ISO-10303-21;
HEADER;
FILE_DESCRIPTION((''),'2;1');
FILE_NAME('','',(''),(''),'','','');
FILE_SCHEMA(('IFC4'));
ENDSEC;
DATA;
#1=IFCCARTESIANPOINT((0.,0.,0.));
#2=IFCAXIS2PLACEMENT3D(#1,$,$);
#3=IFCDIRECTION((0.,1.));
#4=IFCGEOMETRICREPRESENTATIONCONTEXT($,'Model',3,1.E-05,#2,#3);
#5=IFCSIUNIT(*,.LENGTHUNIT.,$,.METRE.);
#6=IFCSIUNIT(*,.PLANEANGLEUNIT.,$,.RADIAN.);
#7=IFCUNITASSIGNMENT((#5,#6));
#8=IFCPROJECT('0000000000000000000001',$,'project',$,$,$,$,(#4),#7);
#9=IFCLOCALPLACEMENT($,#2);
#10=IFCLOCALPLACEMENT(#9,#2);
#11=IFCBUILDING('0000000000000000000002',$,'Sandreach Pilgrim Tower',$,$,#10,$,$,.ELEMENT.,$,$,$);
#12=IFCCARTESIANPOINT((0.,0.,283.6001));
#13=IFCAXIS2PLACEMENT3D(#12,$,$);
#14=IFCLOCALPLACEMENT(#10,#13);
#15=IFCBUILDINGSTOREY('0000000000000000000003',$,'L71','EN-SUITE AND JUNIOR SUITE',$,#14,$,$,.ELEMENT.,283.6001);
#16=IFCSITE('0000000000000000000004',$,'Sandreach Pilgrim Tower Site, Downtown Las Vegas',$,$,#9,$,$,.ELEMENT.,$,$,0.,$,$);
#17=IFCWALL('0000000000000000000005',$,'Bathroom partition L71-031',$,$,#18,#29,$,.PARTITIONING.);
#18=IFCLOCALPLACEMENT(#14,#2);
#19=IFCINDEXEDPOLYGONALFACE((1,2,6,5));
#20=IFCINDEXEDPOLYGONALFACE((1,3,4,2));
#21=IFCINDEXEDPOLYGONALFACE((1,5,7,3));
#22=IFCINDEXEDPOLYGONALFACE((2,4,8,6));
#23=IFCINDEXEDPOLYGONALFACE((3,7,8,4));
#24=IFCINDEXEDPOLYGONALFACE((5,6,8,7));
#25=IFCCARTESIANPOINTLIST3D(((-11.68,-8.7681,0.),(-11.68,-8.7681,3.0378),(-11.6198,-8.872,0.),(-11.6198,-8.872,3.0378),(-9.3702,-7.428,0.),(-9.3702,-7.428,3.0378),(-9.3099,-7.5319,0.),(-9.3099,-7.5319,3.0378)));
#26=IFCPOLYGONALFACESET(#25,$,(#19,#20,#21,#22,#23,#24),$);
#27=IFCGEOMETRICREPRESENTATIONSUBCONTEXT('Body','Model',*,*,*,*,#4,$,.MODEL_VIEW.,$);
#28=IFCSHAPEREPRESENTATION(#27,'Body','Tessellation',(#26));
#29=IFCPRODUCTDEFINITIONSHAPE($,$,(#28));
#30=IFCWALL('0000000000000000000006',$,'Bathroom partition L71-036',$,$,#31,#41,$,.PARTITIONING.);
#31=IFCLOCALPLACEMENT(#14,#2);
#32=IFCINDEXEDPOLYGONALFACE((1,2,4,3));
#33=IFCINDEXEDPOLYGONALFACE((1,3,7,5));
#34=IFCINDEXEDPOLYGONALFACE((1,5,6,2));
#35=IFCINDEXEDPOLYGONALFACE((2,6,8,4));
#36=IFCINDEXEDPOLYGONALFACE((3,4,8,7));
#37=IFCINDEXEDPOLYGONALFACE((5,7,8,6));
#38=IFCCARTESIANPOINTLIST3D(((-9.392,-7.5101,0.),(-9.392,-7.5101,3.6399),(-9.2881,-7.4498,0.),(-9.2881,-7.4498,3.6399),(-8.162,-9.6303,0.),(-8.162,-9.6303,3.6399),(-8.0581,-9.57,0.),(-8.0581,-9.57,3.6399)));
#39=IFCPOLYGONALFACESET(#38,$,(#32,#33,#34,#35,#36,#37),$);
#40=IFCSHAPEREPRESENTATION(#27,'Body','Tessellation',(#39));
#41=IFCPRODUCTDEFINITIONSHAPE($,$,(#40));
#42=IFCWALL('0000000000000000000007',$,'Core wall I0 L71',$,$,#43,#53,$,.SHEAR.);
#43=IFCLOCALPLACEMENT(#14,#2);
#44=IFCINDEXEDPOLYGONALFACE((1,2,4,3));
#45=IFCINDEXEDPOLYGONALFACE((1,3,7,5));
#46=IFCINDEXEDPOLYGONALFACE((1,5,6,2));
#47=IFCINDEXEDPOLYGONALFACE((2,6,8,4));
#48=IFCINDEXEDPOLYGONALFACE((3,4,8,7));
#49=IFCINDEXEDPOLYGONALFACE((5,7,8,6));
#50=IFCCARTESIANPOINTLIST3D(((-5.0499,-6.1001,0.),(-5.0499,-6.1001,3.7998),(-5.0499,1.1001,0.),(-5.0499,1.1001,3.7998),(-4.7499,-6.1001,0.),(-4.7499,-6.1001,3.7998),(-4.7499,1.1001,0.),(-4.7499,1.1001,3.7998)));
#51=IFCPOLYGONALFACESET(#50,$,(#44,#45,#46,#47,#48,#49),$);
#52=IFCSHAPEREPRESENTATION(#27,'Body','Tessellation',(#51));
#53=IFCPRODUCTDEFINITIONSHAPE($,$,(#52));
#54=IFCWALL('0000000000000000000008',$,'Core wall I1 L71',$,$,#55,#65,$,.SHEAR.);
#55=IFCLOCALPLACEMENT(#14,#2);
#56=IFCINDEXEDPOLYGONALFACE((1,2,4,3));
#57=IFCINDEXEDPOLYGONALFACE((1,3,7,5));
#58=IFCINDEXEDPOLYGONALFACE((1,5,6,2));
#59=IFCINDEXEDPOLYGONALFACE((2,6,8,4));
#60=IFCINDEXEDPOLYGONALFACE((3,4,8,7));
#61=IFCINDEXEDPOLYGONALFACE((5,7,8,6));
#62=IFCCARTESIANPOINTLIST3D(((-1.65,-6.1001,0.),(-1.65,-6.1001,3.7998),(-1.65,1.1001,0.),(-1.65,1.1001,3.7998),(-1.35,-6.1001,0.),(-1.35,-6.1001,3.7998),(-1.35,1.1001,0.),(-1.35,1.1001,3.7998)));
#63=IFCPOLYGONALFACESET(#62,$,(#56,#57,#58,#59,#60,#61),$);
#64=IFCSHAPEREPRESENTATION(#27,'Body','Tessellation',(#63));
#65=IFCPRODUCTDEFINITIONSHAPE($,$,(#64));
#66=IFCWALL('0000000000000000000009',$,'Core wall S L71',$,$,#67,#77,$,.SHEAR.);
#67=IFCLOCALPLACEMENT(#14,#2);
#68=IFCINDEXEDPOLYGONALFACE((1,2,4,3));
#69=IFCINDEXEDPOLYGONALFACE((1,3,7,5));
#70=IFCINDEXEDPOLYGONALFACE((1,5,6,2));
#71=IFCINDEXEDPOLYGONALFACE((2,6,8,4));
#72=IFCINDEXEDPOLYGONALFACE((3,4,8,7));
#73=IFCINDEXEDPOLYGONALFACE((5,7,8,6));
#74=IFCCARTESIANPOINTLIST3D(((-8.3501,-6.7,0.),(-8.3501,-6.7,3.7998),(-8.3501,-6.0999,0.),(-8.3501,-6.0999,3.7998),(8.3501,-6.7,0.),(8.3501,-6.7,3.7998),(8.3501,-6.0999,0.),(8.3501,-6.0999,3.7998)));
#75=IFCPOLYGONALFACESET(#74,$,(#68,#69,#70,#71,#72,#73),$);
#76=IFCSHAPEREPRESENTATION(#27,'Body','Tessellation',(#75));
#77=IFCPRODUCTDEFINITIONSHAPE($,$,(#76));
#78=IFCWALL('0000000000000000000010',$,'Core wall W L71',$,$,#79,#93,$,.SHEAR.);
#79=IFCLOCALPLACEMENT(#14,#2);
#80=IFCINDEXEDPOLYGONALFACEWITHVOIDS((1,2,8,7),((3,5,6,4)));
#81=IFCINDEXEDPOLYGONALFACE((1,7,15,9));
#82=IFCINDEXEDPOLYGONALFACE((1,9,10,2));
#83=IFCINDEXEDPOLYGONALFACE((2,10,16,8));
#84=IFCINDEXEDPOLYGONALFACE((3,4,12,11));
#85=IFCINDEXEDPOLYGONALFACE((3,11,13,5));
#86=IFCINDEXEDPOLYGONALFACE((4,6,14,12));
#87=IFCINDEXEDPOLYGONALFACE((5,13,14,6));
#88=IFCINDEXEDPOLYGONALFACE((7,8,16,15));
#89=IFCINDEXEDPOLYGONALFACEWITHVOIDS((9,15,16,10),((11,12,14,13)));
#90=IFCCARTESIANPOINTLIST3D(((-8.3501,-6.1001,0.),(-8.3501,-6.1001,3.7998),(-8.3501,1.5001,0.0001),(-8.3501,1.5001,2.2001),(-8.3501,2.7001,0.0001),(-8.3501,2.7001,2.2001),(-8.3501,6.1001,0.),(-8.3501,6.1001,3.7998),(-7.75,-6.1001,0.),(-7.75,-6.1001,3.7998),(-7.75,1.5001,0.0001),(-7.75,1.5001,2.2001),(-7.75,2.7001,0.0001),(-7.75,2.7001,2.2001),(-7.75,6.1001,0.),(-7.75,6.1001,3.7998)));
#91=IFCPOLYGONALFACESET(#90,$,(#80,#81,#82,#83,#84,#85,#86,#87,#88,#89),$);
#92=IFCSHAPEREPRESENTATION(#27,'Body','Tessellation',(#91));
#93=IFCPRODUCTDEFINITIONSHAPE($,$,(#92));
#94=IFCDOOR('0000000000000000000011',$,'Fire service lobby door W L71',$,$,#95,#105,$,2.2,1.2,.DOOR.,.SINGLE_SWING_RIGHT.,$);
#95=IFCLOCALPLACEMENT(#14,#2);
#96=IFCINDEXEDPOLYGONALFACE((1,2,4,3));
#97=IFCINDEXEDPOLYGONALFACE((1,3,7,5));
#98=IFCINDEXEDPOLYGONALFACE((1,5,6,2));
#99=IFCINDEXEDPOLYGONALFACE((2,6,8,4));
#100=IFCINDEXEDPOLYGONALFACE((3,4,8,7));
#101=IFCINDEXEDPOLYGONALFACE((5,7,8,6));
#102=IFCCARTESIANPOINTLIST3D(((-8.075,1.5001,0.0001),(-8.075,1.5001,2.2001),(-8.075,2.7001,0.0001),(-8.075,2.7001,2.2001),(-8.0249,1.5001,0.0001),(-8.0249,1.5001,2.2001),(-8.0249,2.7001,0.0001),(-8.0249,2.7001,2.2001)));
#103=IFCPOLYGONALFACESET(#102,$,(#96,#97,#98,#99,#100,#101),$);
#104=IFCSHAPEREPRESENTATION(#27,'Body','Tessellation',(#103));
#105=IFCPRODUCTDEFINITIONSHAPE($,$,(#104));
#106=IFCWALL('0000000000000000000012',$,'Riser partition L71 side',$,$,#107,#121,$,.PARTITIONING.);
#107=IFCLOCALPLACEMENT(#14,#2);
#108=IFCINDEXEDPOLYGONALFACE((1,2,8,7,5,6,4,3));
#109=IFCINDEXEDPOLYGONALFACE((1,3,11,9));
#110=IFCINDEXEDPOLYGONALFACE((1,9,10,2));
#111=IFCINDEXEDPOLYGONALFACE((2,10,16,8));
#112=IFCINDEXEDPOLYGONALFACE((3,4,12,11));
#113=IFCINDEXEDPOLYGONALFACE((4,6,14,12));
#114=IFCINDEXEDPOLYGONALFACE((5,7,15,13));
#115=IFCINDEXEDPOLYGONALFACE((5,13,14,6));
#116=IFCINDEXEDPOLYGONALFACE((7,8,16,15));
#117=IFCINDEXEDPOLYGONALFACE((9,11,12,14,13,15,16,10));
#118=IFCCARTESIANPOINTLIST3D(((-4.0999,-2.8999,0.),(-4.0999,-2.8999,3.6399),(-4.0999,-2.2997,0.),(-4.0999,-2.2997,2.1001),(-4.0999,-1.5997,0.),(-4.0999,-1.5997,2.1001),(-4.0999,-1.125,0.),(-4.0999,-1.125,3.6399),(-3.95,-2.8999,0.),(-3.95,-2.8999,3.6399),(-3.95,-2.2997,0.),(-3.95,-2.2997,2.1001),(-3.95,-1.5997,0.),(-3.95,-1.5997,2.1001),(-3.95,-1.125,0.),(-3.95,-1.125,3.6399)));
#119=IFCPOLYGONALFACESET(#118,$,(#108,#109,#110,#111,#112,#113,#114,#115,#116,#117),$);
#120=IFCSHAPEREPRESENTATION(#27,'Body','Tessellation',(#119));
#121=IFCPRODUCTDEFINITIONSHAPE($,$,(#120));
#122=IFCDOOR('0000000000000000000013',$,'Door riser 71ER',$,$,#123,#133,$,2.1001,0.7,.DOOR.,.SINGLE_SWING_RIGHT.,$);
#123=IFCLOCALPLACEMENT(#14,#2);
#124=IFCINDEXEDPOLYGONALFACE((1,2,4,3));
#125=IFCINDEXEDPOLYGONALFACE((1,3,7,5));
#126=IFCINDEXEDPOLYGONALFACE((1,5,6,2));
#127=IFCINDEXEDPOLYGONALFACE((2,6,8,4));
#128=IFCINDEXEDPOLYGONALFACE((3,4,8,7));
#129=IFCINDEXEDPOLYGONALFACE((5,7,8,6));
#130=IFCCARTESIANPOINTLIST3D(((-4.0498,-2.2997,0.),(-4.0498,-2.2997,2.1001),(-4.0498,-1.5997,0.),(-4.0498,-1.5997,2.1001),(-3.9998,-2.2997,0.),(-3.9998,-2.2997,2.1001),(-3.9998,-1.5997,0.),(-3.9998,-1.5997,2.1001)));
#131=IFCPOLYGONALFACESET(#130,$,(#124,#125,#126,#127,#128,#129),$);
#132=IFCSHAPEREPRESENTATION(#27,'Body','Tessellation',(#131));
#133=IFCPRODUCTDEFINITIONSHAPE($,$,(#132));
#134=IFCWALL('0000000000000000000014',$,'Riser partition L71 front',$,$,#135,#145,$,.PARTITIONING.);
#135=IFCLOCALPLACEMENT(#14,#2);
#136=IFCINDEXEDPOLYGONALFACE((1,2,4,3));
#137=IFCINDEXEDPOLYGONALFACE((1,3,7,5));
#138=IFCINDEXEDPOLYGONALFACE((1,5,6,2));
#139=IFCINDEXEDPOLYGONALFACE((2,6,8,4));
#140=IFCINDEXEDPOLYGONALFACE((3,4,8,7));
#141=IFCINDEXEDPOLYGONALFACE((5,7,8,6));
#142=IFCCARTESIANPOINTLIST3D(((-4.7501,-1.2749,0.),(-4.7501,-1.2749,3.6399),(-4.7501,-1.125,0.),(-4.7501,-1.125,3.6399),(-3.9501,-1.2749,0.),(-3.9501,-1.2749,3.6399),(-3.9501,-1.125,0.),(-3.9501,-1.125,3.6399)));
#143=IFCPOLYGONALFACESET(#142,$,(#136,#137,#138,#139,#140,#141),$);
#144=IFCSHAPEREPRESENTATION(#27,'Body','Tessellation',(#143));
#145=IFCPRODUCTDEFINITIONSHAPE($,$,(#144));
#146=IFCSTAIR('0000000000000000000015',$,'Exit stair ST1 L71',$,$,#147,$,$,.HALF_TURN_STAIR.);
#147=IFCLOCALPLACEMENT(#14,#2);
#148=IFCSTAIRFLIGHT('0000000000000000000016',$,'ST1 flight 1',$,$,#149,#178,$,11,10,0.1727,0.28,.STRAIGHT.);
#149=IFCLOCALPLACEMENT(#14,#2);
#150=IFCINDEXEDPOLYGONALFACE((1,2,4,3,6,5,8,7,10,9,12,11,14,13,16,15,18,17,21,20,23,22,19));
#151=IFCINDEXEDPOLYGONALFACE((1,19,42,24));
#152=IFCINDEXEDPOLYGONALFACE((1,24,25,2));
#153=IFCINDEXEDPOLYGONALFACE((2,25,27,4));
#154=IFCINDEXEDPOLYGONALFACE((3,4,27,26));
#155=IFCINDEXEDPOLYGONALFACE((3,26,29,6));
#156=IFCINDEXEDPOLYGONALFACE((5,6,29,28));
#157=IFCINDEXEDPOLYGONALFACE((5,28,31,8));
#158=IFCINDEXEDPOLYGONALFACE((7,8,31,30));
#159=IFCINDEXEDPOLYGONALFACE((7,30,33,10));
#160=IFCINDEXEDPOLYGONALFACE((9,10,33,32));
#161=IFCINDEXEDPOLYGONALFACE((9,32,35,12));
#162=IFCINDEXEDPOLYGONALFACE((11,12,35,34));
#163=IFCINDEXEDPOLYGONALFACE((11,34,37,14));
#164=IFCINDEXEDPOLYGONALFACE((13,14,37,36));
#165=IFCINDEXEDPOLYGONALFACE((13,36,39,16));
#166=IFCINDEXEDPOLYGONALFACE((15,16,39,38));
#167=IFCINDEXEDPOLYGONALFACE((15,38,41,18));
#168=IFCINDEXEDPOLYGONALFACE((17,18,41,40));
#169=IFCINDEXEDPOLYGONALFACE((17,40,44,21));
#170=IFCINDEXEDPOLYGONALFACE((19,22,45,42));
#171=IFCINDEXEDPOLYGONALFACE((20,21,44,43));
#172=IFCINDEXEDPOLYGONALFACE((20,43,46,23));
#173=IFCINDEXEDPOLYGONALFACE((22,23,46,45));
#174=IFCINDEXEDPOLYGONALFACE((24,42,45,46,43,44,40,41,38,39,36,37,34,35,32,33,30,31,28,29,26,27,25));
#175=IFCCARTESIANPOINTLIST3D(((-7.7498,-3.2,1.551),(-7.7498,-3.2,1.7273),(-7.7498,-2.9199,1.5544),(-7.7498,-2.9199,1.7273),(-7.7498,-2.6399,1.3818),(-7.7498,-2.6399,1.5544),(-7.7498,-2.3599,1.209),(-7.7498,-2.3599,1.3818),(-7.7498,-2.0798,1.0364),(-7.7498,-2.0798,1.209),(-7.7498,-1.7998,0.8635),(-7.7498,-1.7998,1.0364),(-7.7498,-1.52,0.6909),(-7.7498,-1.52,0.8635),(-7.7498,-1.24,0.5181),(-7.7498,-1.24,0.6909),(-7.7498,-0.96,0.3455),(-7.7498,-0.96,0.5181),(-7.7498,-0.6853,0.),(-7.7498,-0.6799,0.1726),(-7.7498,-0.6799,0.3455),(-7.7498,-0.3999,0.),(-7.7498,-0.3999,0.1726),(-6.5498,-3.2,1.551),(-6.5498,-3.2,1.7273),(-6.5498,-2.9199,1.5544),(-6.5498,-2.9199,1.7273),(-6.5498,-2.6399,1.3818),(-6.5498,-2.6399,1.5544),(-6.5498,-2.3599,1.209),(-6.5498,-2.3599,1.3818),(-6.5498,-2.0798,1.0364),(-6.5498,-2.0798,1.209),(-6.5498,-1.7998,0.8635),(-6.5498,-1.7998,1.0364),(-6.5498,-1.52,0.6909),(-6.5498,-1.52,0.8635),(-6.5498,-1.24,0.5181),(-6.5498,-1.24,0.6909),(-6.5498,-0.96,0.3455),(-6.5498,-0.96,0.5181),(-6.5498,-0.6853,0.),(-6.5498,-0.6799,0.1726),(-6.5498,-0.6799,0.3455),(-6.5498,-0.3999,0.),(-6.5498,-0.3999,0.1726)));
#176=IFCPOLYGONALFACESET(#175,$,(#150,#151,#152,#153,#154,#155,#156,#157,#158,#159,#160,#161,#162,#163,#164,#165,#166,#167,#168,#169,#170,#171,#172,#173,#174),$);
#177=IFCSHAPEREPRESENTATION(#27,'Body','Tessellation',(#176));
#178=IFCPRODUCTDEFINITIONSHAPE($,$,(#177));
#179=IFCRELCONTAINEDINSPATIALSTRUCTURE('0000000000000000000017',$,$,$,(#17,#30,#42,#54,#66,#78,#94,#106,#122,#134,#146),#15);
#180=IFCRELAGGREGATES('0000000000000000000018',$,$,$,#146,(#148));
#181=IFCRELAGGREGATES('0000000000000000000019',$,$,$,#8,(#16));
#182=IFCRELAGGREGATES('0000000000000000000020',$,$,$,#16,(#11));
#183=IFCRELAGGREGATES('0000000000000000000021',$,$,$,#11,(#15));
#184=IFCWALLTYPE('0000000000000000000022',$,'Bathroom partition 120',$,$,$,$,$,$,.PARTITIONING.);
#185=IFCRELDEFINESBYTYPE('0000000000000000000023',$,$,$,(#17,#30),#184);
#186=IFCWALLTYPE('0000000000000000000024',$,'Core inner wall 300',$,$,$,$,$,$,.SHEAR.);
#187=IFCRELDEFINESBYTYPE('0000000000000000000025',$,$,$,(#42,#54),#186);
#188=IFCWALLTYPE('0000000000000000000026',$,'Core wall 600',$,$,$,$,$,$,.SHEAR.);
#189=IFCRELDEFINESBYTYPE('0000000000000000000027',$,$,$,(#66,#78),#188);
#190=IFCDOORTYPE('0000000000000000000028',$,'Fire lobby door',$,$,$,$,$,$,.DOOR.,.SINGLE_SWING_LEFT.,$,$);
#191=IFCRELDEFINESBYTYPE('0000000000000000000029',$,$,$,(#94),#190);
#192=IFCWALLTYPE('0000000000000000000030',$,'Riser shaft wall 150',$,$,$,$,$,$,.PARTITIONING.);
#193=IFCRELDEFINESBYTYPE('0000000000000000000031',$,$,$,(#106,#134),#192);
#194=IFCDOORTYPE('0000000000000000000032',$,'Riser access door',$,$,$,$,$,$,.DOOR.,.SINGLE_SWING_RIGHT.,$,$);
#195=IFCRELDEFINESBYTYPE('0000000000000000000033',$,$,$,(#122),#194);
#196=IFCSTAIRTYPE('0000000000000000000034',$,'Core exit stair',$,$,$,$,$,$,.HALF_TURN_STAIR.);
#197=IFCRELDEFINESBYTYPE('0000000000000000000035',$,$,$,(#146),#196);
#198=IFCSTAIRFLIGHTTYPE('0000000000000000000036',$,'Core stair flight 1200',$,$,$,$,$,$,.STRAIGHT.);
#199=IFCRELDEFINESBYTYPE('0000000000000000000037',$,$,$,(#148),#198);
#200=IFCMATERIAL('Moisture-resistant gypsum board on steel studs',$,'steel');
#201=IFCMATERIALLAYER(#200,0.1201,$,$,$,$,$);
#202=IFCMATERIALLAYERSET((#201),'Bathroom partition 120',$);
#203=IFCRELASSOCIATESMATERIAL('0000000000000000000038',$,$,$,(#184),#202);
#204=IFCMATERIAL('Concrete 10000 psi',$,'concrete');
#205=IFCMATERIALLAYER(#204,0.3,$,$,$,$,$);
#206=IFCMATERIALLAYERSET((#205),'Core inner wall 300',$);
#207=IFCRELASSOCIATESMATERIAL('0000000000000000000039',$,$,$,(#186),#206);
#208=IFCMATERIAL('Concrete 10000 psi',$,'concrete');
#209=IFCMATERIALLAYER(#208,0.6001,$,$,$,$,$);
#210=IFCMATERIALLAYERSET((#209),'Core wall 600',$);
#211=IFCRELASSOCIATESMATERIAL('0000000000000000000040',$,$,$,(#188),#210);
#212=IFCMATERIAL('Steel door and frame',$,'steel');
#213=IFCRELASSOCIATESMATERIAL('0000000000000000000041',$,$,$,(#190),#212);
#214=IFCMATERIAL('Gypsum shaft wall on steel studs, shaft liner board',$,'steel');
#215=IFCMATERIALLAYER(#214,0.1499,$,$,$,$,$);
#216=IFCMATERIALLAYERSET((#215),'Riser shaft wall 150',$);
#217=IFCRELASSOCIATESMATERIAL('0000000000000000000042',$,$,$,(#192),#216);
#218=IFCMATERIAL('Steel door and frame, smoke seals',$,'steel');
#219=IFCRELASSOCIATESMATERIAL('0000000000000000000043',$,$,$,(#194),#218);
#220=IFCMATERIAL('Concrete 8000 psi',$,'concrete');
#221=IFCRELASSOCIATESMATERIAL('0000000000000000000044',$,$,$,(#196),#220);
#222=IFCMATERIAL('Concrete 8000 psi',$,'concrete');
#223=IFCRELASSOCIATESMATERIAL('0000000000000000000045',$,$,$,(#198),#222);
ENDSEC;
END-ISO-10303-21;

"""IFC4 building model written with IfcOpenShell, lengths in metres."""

from ifc_helpers import new_model, si_unit, direction, frame, frame_2d, origin, place, context, subcontext, project, spatial, polyline, rectangle, outline, extrude, material, layer, layer_set, type_object, element, fill, aggregate, save


model = new_model("IFC4")

# Units and contexts
model_context = context("Model", 3, precision=1e-05, world=origin(), true_north=direction((0.0, 1.0)))
body_context = subcontext(model_context, "Body", "Model", "MODEL_VIEW")
ifc_project = project(units=[si_unit("LENGTHUNIT", "METRE"), si_unit("PLANEANGLEUNIT", "RADIAN")], contexts=[model_context])

# Site, building, storey
site_placement = place(None, origin())
site = spatial("IfcSite", under=ifc_project, at=site_placement, Name="Sandreach Pilgrim Tower Site, Downtown Las Vegas", CompositionType="ELEMENT", RefElevation=0.0)
building_placement = place(site_placement, origin())
building = spatial("IfcBuilding", under=site, at=building_placement, Name="Sandreach Pilgrim Tower", CompositionType="ELEMENT")
storey_placement = place(building_placement, frame((0.0, 0.0, 283.6001)))
storey = spatial("IfcBuildingStorey", under=building, at=storey_placement, Name="L71", Description="EN-SUITE AND JUNIOR SUITE", CompositionType="ELEMENT", Elevation=283.6001)

# Walls
ifc_material_1 = material(Name="Moisture-resistant gypsum board on steel studs", Category="steel")
ifc_layer_1 = layer(ifc_material_1, 0.1201)
ifc_layer_set_1 = layer_set([ifc_layer_1], Name="Bathroom partition 120")
wall_type_1 = type_object("IfcWallType", Name="Bathroom partition 120", PredefinedType="PARTITIONING", material=ifc_layer_set_1)
wall_1_placement = place(storey_placement, frame((-11.6499, -8.8201, 0.0), z_axis=(0.0, 0.0, 1.0), x_axis=(0.864967, 0.501829, 0.0)))
element("IfcWall", 1, at=wall_1_placement, inside=storey, type_object=wall_type_1, Name="Bathroom partition L71-031", PredefinedType="PARTITIONING", context=body_context, shape_type="SweptSolid", body=[
    extrude(rectangle(XDim=2.6704, YDim=0.1201, at=frame_2d((1.3352, 0.0))), origin(), (0.0, 0.0, 1.0), 3.0378),
])
wall_2_placement = place(storey_placement, frame((-9.3401, -7.48, 0.0), z_axis=(0.0, 0.0, 1.0), x_axis=(0.501813, -0.864976, 0.0)))
element("IfcWall", 2, at=wall_2_placement, inside=storey, type_object=wall_type_1, Name="Bathroom partition L71-036", PredefinedType="PARTITIONING", context=body_context, shape_type="SweptSolid", body=[
    extrude(rectangle(XDim=2.4512, YDim=0.1201, at=frame_2d((1.2256, 0.0))), origin(), (0.0, 0.0, 1.0), 3.6399),
])
ifc_material_2 = material(Name="Concrete 10000 psi", Category="concrete")
ifc_layer_2 = layer(ifc_material_2, 0.3)
ifc_layer_set_2 = layer_set([ifc_layer_2], Name="Core inner wall 300")
wall_type_2 = type_object("IfcWallType", Name="Core inner wall 300", PredefinedType="SHEAR", material=ifc_layer_set_2)
for number, where, z_axis, x_axis, name in (
    (3, (-4.8999, -6.1001, 0.0), (0.0, 0.0, 1.0), (0.0, 1.0, 0.0), "Core wall I0 L71"),
    (4, (-1.5, -6.1001, 0.0), (0.0, 0.0, 1.0), (0.0, 1.0, 0.0), "Core wall I1 L71"),
):
    element("IfcWall", number, at=place(storey_placement, frame(where, z_axis=z_axis, x_axis=x_axis)), inside=storey, type_object=wall_type_2, Name=name, PredefinedType="SHEAR", context=body_context, shape_type="SweptSolid", body=[
        extrude(rectangle(XDim=7.2002, YDim=0.3, at=frame_2d((3.6001, 0.0))), origin(), (0.0, 0.0, 1.0), 3.7998),
    ])

# Wall
ifc_material_3 = material(Name="Concrete 10000 psi", Category="concrete")
ifc_layer_3 = layer(ifc_material_3, 0.6001)
ifc_layer_set_3 = layer_set([ifc_layer_3], Name="Core wall 600")
wall_type_3 = type_object("IfcWallType", Name="Core wall 600", PredefinedType="SHEAR", material=ifc_layer_set_3)
wall_3_placement = place(storey_placement, frame((-8.3501, -6.3999, 0.0), z_axis=(0.0, 0.0, 1.0), x_axis=(1.0, 0.0, 0.0)))
element("IfcWall", 5, at=wall_3_placement, inside=storey, type_object=wall_type_3, Name="Core wall S L71", PredefinedType="SHEAR", context=body_context, shape_type="SweptSolid", body=[
    extrude(rectangle(XDim=16.7002, YDim=0.6001, at=frame_2d((8.3501, 0.0))), origin(), (0.0, 0.0, 1.0), 3.7998),
])

# Walls, openings, doors
wall_4_placement = place(storey_placement, frame((-8.05, -6.1001, 0.0), z_axis=(0.0, 0.0, 1.0), x_axis=(0.0, 1.0, 0.0)))
wall_4 = element("IfcWall", 6, at=wall_4_placement, inside=storey, type_object=wall_type_3, Name="Core wall W L71", PredefinedType="SHEAR", context=body_context, shape_type="SweptSolid", body=[
    extrude(rectangle(XDim=12.2002, YDim=0.6001, at=frame_2d((6.1001, 0.0))), origin(), (0.0, 0.0, 1.0), 3.7998),
])
opening_1_placement = place(wall_4_placement, frame((7.6001, 0.0, 0.0)))
opening_1 = element("IfcOpeningElement", 7, at=opening_1_placement, cuts=wall_4, PredefinedType="OPENING", context=body_context, shape_type="SweptSolid", body=[
    extrude(rectangle(XDim=1.2, YDim=2.2, at=frame_2d((0.6001, 1.1001))), frame((0.0, 0.3, 0.0), z_axis=(0.0, -1.0, 0.0), x_axis=(1.0, 0.0, 0.0)), (0.0, 0.0, 1.0), 0.6001),
])
ifc_material_4 = material(Name="Steel door and frame", Category="steel")
door_type_1 = type_object("IfcDoorType", Name="Fire lobby door", OperationType="SINGLE_SWING_LEFT", PredefinedType="DOOR", material=ifc_material_4)
door_1_placement = place(opening_1_placement, origin())
door_1 = element("IfcDoor", 8, at=door_1_placement, inside=storey, type_object=door_type_1, Name="Fire service lobby door W L71", OperationType="SINGLE_SWING_RIGHT", OverallHeight=2.2, OverallWidth=1.2, PredefinedType="DOOR", context=body_context, shape_type="SweptSolid", body=[
    extrude(rectangle(XDim=1.2, YDim=2.2, at=frame_2d((0.6001, 1.1001))), frame((0.0, 0.0249, 0.0), z_axis=(0.0, -1.0, 0.0), x_axis=(1.0, 0.0, 0.0)), (0.0, 0.0, 1.0), 0.05),
])
fill(opening_1, door_1)
ifc_material_5 = material(Name="Gypsum shaft wall on steel studs, shaft liner board", Category="steel")
ifc_layer_4 = layer(ifc_material_5, 0.1499)
ifc_layer_set_4 = layer_set([ifc_layer_4], Name="Riser shaft wall 150")
wall_type_4 = type_object("IfcWallType", Name="Riser shaft wall 150", PredefinedType="PARTITIONING", material=ifc_layer_set_4)
wall_5_placement = place(storey_placement, frame((-4.0249, -2.8999, 0.0), z_axis=(0.0, 0.0, 1.0), x_axis=(0.0, 1.0, 0.0)))
wall_5 = element("IfcWall", 9, at=wall_5_placement, inside=storey, type_object=wall_type_4, Name="Riser partition L71 side", PredefinedType="PARTITIONING", context=body_context, shape_type="SweptSolid", body=[
    extrude(rectangle(XDim=1.7749, YDim=0.1499, at=frame_2d((0.8875, 0.0))), origin(), (0.0, 0.0, 1.0), 3.6399),
])
opening_2_placement = place(wall_5_placement, frame((0.6001, 0.0, 0.0)))
opening_2 = element("IfcOpeningElement", 10, at=opening_2_placement, cuts=wall_5, PredefinedType="OPENING", context=body_context, shape_type="SweptSolid", body=[
    extrude(rectangle(XDim=0.7, YDim=2.1001, at=frame_2d((0.3501, 1.05))), frame((0.0, 0.075, 0.0), z_axis=(0.0, -1.0, 0.0), x_axis=(1.0, 0.0, 0.0)), (0.0, 0.0, 1.0), 0.1499),
])
ifc_material_6 = material(Name="Steel door and frame, smoke seals", Category="steel")
door_type_2 = type_object("IfcDoorType", Name="Riser access door", OperationType="SINGLE_SWING_RIGHT", PredefinedType="DOOR", material=ifc_material_6)
door_2_placement = place(opening_2_placement, origin())
door_2 = element("IfcDoor", 11, at=door_2_placement, inside=storey, type_object=door_type_2, Name="Door riser 71ER", OperationType="SINGLE_SWING_RIGHT", OverallHeight=2.1001, OverallWidth=0.7, PredefinedType="DOOR", context=body_context, shape_type="SweptSolid", body=[
    extrude(rectangle(XDim=0.7, YDim=2.1001, at=frame_2d((0.3501, 1.05))), frame((0.0, 0.0249, 0.0), z_axis=(0.0, -1.0, 0.0), x_axis=(1.0, 0.0, 0.0)), (0.0, 0.0, 1.0), 0.05),
])
fill(opening_2, door_2)

# Wall
wall_6_placement = place(storey_placement, frame((-4.75, -1.2, 0.0), z_axis=(0.0, 0.0, 1.0), x_axis=(1.0, 0.0, 0.0)))
element("IfcWall", 12, at=wall_6_placement, inside=storey, type_object=wall_type_4, Name="Riser partition L71 front", PredefinedType="PARTITIONING", context=body_context, shape_type="SweptSolid", body=[
    extrude(rectangle(XDim=0.8, YDim=0.1499, at=frame_2d((0.3999, 0.0))), origin(), (0.0, 0.0, 1.0), 3.6399),
])

# Stair, stair flight
ifc_material_7 = material(Name="Concrete 8000 psi", Category="concrete")
stair_type = type_object("IfcStairType", Name="Core exit stair", PredefinedType="HALF_TURN_STAIR", material=ifc_material_7)
stair_1_placement = place(storey_placement, origin())
stair_1 = element("IfcStair", 13, at=stair_1_placement, inside=storey, type_object=stair_type, Name="Exit stair ST1 L71", PredefinedType="HALF_TURN_STAIR")
ifc_material_8 = material(Name="Concrete 8000 psi", Category="concrete")
stair_flight_type = type_object("IfcStairFlightType", Name="Core stair flight 1200", PredefinedType="STRAIGHT", material=ifc_material_8)
stair_flight_1_placement = place(storey_placement, frame((-7.1499, -0.3999, 0.0), z_axis=(0.0, 0.0, 1.0), x_axis=(0.0, -1.0, 0.0)))
stair_flight_1 = element("IfcStairFlight", 14, at=stair_flight_1_placement, type_object=stair_flight_type, Name="ST1 flight 1", NumberOfRisers=11, NumberOfTreads=10, PredefinedType="STRAIGHT", RiserHeight=0.1727, TreadLength=0.28, context=body_context, shape_type="SweptSolid", body=[
    extrude(outline(polyline([(0.0, 0.0), (0.0, 0.1726), (0.28, 0.1726), (0.28, 0.3455), (0.5601, 0.3455), (0.5601, 0.5181), (0.8401, 0.5181), (0.8401, 0.6909), (1.1201, 0.6909), (1.1201, 0.8635), (1.3999, 0.8635), (1.3999, 1.0364), (1.6799, 1.0364), (1.6799, 1.209), (1.96, 1.209), (1.96, 1.3818), (2.24, 1.3818), (2.24, 1.5544), (2.52, 1.5544), (2.52, 1.7273), (2.8, 1.7273), (2.8, 1.8999), (2.8, 1.551), (0.2854, 0.0), (0.0, 0.0)])), frame((0.0, 0.6001, 0.0), z_axis=(0.0, -1.0, 0.0), x_axis=(1.0, 0.0, 0.0)), (0.0, 0.0, 1.0), 1.2),
])
aggregate(stair_1, [stair_flight_1])

save(model, "model.ifc")
